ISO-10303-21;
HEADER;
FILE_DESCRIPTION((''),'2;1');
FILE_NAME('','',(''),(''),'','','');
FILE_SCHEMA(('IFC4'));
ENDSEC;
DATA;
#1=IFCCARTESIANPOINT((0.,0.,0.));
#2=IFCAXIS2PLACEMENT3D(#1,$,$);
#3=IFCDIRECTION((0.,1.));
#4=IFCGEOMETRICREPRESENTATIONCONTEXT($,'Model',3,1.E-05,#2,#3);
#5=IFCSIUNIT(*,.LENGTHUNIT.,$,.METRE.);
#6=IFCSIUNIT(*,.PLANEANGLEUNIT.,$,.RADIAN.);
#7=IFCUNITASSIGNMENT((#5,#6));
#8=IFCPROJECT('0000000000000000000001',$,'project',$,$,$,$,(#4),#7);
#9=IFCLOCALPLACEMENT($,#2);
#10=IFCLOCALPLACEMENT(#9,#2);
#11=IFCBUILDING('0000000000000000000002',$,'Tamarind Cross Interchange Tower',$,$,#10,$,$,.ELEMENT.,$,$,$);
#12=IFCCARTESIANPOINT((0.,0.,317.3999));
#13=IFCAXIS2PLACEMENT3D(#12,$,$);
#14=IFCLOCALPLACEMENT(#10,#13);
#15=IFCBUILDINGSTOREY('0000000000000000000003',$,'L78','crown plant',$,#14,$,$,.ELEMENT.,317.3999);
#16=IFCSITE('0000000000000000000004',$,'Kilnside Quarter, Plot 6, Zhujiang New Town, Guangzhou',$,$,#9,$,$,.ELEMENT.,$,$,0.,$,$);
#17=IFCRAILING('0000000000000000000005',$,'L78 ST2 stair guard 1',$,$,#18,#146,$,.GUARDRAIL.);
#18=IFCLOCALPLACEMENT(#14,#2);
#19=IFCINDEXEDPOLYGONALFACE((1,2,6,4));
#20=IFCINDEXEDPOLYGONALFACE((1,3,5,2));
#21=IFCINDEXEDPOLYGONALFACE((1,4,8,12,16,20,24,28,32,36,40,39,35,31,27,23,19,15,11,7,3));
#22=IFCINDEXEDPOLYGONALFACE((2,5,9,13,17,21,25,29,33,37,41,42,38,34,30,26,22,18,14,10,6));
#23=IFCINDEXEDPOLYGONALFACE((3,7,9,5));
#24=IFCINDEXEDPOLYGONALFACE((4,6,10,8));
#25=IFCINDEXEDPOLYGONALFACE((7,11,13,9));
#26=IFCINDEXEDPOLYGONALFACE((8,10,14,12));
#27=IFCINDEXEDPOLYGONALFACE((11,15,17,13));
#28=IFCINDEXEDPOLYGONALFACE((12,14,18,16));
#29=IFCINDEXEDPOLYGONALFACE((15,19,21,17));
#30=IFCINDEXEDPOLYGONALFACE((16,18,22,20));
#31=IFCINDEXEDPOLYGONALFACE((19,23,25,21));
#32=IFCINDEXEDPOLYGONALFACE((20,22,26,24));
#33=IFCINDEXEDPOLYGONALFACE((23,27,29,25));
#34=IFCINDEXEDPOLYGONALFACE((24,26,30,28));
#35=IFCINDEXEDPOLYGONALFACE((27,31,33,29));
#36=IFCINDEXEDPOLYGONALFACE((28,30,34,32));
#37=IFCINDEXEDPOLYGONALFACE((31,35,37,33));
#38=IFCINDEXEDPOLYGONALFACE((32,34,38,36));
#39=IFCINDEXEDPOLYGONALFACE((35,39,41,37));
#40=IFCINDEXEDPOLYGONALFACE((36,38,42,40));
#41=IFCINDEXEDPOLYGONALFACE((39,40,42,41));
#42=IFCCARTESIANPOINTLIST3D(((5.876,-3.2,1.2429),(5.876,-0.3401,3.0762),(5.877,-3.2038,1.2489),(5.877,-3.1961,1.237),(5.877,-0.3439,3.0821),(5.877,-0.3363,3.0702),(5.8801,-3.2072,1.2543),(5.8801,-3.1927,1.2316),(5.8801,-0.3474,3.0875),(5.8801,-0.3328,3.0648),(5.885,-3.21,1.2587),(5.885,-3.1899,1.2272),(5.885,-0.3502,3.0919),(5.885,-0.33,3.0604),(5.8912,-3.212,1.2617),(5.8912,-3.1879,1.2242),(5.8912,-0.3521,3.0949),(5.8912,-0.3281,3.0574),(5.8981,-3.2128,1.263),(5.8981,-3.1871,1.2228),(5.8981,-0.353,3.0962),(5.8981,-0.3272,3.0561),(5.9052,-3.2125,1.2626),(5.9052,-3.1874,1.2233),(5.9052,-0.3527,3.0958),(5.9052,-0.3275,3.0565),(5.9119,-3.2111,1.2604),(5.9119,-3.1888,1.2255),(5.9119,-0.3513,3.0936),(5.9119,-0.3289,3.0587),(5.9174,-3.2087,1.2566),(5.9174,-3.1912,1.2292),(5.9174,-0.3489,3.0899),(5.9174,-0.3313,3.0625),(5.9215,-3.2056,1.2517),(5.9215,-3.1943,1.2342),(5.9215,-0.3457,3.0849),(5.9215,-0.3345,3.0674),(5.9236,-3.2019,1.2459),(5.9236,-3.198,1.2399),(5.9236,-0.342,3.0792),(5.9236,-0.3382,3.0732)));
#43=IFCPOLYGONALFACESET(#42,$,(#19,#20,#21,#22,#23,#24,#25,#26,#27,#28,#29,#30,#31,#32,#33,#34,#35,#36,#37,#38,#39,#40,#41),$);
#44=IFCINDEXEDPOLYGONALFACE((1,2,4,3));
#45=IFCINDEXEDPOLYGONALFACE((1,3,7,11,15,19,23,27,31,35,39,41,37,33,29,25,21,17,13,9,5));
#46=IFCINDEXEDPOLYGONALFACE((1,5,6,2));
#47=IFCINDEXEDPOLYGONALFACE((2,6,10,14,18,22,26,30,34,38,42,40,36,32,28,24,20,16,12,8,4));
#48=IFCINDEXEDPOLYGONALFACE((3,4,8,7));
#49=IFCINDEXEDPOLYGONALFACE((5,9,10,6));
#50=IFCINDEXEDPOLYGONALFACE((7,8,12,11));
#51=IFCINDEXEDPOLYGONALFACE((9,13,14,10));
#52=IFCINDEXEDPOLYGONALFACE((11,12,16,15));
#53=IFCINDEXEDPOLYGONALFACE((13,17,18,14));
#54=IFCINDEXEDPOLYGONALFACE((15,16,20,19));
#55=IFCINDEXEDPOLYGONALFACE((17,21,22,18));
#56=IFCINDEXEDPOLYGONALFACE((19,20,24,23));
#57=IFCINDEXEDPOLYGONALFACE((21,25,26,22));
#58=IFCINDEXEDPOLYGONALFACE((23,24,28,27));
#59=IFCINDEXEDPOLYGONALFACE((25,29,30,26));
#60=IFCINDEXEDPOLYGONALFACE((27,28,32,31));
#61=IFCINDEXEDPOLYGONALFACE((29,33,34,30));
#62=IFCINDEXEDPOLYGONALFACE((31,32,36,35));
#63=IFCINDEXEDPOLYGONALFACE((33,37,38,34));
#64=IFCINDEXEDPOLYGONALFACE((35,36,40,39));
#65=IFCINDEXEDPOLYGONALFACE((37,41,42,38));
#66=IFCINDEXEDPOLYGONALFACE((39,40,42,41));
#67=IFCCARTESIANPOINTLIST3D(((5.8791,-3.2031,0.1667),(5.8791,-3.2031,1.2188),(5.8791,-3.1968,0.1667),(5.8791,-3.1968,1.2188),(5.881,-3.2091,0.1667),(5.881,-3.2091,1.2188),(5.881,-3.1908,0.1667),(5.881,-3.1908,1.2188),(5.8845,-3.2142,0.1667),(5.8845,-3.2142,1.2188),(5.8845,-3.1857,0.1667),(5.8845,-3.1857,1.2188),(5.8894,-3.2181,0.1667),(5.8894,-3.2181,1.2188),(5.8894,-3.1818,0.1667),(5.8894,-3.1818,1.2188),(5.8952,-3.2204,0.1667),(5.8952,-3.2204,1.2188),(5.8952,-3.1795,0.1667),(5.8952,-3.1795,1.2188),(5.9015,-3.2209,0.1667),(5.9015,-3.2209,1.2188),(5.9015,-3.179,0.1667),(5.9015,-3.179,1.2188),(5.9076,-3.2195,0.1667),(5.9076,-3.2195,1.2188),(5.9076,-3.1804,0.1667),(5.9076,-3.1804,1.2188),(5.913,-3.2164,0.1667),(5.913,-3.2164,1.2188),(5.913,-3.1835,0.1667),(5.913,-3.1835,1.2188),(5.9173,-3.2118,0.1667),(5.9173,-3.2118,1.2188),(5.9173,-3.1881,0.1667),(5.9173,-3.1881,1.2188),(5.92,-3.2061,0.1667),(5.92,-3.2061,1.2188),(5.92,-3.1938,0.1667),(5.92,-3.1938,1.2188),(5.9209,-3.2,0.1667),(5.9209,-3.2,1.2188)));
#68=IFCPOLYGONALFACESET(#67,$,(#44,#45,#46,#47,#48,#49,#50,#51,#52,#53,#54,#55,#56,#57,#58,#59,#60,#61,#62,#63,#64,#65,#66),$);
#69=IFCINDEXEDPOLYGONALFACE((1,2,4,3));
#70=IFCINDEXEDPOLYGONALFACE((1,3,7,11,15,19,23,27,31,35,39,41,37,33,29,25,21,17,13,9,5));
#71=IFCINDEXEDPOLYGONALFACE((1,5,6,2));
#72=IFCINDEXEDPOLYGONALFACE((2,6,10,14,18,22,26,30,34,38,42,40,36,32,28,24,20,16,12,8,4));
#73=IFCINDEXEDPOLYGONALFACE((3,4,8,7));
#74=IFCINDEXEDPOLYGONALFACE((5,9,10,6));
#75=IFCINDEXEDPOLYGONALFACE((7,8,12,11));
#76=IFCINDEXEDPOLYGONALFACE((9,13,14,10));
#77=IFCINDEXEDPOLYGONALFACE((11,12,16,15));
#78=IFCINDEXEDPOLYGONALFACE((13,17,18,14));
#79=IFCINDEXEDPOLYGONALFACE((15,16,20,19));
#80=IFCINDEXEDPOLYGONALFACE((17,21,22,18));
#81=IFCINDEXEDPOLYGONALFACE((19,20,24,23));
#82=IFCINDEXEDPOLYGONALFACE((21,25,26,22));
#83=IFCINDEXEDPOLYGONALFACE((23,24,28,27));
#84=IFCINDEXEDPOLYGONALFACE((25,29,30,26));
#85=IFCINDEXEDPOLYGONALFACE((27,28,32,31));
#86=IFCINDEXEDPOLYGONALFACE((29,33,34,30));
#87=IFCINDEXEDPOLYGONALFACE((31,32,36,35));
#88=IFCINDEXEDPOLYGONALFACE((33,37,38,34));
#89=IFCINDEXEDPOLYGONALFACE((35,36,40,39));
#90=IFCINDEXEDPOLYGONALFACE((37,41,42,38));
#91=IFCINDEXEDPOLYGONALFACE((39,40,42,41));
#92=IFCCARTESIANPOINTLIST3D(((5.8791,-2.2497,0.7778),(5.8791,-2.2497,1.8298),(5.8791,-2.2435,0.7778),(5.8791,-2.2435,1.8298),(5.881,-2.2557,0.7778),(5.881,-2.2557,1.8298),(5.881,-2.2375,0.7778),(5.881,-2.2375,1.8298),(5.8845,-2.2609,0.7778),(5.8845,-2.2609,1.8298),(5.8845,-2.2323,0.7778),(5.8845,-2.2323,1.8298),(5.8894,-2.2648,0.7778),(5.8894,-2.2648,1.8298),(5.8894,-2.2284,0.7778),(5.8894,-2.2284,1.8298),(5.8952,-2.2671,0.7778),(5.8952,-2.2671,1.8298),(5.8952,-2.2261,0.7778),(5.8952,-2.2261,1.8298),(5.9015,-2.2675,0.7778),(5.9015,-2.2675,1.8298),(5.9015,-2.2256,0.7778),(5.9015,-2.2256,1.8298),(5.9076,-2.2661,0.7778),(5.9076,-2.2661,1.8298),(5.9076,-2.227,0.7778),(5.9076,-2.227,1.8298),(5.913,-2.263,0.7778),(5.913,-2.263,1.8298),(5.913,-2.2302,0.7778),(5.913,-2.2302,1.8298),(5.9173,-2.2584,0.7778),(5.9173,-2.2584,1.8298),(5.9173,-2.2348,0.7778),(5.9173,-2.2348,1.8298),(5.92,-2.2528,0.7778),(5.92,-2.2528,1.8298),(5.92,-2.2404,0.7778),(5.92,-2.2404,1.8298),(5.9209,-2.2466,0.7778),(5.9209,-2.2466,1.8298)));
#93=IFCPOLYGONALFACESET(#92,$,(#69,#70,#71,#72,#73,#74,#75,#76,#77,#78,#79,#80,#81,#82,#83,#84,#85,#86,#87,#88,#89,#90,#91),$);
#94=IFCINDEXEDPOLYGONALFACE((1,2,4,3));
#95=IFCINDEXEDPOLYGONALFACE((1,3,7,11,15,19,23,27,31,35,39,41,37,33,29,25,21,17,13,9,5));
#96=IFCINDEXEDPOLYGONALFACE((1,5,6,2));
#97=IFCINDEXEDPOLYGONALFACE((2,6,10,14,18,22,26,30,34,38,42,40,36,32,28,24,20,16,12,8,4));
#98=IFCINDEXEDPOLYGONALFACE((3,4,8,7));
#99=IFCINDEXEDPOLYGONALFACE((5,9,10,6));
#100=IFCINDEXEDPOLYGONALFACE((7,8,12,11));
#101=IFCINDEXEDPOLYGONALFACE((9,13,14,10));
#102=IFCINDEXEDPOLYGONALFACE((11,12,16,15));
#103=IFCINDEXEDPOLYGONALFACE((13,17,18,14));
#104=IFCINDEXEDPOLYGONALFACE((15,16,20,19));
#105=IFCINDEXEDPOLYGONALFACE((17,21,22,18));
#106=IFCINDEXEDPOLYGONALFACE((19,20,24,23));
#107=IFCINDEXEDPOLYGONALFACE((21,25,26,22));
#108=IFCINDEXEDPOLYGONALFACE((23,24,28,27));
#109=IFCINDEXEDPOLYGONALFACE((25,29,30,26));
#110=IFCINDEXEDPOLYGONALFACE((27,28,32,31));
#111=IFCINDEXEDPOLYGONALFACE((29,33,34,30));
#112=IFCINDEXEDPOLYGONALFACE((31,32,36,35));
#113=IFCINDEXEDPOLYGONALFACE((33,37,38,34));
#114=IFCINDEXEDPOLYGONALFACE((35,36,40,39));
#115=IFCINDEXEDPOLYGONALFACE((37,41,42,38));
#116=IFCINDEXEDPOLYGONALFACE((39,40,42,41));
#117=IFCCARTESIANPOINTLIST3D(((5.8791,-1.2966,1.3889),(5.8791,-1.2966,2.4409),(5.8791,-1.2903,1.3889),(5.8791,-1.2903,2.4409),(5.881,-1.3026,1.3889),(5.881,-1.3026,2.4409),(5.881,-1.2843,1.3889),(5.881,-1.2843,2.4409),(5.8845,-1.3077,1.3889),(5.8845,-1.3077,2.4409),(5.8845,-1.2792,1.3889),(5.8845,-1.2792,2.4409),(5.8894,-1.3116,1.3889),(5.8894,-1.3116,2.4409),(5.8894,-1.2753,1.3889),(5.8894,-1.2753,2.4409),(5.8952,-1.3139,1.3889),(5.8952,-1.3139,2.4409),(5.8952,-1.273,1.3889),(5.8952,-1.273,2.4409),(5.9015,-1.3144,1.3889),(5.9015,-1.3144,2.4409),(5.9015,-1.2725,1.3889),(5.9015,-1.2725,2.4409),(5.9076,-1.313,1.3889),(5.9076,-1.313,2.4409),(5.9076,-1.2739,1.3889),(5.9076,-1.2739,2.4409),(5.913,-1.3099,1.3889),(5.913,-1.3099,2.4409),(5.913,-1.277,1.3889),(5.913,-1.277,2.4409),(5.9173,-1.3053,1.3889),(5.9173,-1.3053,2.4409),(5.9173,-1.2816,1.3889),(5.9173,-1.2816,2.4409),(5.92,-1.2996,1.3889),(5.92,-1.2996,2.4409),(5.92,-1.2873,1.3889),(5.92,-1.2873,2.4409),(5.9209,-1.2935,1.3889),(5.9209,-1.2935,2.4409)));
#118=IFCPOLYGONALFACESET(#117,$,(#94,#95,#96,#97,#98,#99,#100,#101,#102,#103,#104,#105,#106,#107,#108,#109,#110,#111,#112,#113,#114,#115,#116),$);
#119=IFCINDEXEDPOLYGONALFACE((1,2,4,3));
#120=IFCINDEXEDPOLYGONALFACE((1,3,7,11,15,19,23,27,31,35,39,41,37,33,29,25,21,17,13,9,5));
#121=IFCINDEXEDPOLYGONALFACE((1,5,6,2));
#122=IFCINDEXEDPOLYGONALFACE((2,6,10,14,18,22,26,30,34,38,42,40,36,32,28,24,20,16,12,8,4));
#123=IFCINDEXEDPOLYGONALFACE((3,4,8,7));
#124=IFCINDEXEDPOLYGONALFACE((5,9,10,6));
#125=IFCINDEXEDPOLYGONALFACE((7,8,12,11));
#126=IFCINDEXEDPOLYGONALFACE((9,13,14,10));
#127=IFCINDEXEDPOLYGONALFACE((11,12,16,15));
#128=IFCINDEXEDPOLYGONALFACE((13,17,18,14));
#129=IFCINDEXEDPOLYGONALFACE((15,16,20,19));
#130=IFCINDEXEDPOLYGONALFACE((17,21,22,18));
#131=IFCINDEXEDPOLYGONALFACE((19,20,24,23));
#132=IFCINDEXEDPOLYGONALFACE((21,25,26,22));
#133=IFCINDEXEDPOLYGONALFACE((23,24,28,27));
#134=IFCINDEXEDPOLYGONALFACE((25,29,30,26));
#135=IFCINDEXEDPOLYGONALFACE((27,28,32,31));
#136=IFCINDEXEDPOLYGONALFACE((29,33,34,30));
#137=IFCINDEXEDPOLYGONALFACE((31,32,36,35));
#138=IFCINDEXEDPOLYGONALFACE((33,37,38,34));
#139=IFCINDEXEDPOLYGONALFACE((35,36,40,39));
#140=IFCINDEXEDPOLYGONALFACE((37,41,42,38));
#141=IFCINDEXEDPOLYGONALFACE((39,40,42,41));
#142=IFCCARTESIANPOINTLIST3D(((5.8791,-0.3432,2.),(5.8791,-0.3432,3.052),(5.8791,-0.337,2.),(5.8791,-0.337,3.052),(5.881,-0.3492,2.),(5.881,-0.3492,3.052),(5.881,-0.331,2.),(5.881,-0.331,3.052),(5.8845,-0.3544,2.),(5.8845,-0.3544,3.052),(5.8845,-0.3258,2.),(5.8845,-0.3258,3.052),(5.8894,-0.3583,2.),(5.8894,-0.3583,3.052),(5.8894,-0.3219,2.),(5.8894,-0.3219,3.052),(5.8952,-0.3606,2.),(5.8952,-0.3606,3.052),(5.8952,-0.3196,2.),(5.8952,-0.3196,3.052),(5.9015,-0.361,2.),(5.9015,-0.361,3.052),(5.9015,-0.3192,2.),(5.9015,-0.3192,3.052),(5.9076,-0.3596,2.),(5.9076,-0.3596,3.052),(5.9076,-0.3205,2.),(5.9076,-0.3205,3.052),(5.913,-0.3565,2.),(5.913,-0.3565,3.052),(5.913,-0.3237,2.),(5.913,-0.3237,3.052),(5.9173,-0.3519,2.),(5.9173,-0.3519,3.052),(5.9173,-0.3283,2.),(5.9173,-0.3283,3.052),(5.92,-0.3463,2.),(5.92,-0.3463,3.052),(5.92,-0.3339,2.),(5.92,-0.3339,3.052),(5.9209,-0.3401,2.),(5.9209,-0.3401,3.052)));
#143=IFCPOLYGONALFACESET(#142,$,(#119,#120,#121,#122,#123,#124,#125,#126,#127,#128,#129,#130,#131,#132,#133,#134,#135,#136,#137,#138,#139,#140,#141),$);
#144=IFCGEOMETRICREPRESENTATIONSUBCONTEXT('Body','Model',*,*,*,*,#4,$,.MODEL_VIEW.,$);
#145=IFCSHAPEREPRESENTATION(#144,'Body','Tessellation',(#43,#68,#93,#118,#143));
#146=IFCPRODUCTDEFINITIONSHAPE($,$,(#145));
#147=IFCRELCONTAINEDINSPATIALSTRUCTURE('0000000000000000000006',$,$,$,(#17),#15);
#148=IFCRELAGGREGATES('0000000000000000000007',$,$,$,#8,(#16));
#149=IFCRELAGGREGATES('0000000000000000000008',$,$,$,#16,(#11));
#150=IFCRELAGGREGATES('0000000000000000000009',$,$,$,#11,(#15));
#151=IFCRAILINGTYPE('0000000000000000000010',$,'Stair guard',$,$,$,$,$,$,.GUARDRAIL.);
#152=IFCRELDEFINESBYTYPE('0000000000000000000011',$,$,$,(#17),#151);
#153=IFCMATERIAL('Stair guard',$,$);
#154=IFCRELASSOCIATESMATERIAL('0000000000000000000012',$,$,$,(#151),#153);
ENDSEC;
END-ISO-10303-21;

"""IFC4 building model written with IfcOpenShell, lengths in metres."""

from ifc_helpers import new_model, si_unit, direction, frame, origin, origin_2d, place, context, subcontext, project, spatial, circle, extrude, material, type_object, element, save


model = new_model("IFC4")

# Units and contexts
model_context = context("Model", 3, precision=1e-05, world=origin(), true_north=direction((0.0, 1.0)))
body_context = subcontext(model_context, "Body", "Model", "MODEL_VIEW")
ifc_project = project(units=[si_unit("LENGTHUNIT", "METRE"), si_unit("PLANEANGLEUNIT", "RADIAN")], contexts=[model_context])

# Site, building, storey
site_placement = place(None, origin())
site = spatial("IfcSite", under=ifc_project, at=site_placement, Name="Kilnside Quarter, Plot 6, Zhujiang New Town, Guangzhou", CompositionType="ELEMENT", RefElevation=0.0)
building_placement = place(site_placement, origin())
building = spatial("IfcBuilding", under=site, at=building_placement, Name="Tamarind Cross Interchange Tower", CompositionType="ELEMENT")
storey_placement = place(building_placement, frame((0.0, 0.0, 317.3999)))
storey = spatial("IfcBuildingStorey", under=building, at=storey_placement, Name="L78", Description="crown plant", CompositionType="ELEMENT", Elevation=317.3999)

# Railing
ifc_material_1 = material(Name="Stair guard")
railing_type_1 = type_object("IfcRailingType", Name="Stair guard", PredefinedType="GUARDRAIL", material=ifc_material_1)
railing_1_placement = place(storey_placement, frame((5.8999, -3.2, 0.1667)))
element("IfcRailing", 1, at=railing_1_placement, inside=storey, type_object=railing_type_1, Name="L78 ST2 stair guard 1", PredefinedType="GUARDRAIL", context=body_context, shape_type="SweptSolid", body=[
    extrude(circle(Radius=0.0239, at=origin_2d()), frame((0.0, 0.0, 1.0762), z_axis=(0.0, 0.841878, 0.539667), x_axis=(-1.0, 0.0, 0.0)), (0.0, 0.0, 1.0), 3.397),
    extrude(circle(Radius=0.021, at=origin_2d()), origin(), (0.0, 0.0, 1.0), 1.052),
    extrude(circle(Radius=0.021, at=origin_2d()), frame((0.0, 0.9534, 0.6111)), (0.0, 0.0, 1.0), 1.052),
    extrude(circle(Radius=0.021, at=origin_2d()), frame((0.0, 1.9065, 1.2222)), (0.0, 0.0, 1.0), 1.052),
    extrude(circle(Radius=0.021, at=origin_2d()), frame((0.0, 2.8599, 1.8333)), (0.0, 0.0, 1.0), 1.052),
])

save(model, "model.ifc")
